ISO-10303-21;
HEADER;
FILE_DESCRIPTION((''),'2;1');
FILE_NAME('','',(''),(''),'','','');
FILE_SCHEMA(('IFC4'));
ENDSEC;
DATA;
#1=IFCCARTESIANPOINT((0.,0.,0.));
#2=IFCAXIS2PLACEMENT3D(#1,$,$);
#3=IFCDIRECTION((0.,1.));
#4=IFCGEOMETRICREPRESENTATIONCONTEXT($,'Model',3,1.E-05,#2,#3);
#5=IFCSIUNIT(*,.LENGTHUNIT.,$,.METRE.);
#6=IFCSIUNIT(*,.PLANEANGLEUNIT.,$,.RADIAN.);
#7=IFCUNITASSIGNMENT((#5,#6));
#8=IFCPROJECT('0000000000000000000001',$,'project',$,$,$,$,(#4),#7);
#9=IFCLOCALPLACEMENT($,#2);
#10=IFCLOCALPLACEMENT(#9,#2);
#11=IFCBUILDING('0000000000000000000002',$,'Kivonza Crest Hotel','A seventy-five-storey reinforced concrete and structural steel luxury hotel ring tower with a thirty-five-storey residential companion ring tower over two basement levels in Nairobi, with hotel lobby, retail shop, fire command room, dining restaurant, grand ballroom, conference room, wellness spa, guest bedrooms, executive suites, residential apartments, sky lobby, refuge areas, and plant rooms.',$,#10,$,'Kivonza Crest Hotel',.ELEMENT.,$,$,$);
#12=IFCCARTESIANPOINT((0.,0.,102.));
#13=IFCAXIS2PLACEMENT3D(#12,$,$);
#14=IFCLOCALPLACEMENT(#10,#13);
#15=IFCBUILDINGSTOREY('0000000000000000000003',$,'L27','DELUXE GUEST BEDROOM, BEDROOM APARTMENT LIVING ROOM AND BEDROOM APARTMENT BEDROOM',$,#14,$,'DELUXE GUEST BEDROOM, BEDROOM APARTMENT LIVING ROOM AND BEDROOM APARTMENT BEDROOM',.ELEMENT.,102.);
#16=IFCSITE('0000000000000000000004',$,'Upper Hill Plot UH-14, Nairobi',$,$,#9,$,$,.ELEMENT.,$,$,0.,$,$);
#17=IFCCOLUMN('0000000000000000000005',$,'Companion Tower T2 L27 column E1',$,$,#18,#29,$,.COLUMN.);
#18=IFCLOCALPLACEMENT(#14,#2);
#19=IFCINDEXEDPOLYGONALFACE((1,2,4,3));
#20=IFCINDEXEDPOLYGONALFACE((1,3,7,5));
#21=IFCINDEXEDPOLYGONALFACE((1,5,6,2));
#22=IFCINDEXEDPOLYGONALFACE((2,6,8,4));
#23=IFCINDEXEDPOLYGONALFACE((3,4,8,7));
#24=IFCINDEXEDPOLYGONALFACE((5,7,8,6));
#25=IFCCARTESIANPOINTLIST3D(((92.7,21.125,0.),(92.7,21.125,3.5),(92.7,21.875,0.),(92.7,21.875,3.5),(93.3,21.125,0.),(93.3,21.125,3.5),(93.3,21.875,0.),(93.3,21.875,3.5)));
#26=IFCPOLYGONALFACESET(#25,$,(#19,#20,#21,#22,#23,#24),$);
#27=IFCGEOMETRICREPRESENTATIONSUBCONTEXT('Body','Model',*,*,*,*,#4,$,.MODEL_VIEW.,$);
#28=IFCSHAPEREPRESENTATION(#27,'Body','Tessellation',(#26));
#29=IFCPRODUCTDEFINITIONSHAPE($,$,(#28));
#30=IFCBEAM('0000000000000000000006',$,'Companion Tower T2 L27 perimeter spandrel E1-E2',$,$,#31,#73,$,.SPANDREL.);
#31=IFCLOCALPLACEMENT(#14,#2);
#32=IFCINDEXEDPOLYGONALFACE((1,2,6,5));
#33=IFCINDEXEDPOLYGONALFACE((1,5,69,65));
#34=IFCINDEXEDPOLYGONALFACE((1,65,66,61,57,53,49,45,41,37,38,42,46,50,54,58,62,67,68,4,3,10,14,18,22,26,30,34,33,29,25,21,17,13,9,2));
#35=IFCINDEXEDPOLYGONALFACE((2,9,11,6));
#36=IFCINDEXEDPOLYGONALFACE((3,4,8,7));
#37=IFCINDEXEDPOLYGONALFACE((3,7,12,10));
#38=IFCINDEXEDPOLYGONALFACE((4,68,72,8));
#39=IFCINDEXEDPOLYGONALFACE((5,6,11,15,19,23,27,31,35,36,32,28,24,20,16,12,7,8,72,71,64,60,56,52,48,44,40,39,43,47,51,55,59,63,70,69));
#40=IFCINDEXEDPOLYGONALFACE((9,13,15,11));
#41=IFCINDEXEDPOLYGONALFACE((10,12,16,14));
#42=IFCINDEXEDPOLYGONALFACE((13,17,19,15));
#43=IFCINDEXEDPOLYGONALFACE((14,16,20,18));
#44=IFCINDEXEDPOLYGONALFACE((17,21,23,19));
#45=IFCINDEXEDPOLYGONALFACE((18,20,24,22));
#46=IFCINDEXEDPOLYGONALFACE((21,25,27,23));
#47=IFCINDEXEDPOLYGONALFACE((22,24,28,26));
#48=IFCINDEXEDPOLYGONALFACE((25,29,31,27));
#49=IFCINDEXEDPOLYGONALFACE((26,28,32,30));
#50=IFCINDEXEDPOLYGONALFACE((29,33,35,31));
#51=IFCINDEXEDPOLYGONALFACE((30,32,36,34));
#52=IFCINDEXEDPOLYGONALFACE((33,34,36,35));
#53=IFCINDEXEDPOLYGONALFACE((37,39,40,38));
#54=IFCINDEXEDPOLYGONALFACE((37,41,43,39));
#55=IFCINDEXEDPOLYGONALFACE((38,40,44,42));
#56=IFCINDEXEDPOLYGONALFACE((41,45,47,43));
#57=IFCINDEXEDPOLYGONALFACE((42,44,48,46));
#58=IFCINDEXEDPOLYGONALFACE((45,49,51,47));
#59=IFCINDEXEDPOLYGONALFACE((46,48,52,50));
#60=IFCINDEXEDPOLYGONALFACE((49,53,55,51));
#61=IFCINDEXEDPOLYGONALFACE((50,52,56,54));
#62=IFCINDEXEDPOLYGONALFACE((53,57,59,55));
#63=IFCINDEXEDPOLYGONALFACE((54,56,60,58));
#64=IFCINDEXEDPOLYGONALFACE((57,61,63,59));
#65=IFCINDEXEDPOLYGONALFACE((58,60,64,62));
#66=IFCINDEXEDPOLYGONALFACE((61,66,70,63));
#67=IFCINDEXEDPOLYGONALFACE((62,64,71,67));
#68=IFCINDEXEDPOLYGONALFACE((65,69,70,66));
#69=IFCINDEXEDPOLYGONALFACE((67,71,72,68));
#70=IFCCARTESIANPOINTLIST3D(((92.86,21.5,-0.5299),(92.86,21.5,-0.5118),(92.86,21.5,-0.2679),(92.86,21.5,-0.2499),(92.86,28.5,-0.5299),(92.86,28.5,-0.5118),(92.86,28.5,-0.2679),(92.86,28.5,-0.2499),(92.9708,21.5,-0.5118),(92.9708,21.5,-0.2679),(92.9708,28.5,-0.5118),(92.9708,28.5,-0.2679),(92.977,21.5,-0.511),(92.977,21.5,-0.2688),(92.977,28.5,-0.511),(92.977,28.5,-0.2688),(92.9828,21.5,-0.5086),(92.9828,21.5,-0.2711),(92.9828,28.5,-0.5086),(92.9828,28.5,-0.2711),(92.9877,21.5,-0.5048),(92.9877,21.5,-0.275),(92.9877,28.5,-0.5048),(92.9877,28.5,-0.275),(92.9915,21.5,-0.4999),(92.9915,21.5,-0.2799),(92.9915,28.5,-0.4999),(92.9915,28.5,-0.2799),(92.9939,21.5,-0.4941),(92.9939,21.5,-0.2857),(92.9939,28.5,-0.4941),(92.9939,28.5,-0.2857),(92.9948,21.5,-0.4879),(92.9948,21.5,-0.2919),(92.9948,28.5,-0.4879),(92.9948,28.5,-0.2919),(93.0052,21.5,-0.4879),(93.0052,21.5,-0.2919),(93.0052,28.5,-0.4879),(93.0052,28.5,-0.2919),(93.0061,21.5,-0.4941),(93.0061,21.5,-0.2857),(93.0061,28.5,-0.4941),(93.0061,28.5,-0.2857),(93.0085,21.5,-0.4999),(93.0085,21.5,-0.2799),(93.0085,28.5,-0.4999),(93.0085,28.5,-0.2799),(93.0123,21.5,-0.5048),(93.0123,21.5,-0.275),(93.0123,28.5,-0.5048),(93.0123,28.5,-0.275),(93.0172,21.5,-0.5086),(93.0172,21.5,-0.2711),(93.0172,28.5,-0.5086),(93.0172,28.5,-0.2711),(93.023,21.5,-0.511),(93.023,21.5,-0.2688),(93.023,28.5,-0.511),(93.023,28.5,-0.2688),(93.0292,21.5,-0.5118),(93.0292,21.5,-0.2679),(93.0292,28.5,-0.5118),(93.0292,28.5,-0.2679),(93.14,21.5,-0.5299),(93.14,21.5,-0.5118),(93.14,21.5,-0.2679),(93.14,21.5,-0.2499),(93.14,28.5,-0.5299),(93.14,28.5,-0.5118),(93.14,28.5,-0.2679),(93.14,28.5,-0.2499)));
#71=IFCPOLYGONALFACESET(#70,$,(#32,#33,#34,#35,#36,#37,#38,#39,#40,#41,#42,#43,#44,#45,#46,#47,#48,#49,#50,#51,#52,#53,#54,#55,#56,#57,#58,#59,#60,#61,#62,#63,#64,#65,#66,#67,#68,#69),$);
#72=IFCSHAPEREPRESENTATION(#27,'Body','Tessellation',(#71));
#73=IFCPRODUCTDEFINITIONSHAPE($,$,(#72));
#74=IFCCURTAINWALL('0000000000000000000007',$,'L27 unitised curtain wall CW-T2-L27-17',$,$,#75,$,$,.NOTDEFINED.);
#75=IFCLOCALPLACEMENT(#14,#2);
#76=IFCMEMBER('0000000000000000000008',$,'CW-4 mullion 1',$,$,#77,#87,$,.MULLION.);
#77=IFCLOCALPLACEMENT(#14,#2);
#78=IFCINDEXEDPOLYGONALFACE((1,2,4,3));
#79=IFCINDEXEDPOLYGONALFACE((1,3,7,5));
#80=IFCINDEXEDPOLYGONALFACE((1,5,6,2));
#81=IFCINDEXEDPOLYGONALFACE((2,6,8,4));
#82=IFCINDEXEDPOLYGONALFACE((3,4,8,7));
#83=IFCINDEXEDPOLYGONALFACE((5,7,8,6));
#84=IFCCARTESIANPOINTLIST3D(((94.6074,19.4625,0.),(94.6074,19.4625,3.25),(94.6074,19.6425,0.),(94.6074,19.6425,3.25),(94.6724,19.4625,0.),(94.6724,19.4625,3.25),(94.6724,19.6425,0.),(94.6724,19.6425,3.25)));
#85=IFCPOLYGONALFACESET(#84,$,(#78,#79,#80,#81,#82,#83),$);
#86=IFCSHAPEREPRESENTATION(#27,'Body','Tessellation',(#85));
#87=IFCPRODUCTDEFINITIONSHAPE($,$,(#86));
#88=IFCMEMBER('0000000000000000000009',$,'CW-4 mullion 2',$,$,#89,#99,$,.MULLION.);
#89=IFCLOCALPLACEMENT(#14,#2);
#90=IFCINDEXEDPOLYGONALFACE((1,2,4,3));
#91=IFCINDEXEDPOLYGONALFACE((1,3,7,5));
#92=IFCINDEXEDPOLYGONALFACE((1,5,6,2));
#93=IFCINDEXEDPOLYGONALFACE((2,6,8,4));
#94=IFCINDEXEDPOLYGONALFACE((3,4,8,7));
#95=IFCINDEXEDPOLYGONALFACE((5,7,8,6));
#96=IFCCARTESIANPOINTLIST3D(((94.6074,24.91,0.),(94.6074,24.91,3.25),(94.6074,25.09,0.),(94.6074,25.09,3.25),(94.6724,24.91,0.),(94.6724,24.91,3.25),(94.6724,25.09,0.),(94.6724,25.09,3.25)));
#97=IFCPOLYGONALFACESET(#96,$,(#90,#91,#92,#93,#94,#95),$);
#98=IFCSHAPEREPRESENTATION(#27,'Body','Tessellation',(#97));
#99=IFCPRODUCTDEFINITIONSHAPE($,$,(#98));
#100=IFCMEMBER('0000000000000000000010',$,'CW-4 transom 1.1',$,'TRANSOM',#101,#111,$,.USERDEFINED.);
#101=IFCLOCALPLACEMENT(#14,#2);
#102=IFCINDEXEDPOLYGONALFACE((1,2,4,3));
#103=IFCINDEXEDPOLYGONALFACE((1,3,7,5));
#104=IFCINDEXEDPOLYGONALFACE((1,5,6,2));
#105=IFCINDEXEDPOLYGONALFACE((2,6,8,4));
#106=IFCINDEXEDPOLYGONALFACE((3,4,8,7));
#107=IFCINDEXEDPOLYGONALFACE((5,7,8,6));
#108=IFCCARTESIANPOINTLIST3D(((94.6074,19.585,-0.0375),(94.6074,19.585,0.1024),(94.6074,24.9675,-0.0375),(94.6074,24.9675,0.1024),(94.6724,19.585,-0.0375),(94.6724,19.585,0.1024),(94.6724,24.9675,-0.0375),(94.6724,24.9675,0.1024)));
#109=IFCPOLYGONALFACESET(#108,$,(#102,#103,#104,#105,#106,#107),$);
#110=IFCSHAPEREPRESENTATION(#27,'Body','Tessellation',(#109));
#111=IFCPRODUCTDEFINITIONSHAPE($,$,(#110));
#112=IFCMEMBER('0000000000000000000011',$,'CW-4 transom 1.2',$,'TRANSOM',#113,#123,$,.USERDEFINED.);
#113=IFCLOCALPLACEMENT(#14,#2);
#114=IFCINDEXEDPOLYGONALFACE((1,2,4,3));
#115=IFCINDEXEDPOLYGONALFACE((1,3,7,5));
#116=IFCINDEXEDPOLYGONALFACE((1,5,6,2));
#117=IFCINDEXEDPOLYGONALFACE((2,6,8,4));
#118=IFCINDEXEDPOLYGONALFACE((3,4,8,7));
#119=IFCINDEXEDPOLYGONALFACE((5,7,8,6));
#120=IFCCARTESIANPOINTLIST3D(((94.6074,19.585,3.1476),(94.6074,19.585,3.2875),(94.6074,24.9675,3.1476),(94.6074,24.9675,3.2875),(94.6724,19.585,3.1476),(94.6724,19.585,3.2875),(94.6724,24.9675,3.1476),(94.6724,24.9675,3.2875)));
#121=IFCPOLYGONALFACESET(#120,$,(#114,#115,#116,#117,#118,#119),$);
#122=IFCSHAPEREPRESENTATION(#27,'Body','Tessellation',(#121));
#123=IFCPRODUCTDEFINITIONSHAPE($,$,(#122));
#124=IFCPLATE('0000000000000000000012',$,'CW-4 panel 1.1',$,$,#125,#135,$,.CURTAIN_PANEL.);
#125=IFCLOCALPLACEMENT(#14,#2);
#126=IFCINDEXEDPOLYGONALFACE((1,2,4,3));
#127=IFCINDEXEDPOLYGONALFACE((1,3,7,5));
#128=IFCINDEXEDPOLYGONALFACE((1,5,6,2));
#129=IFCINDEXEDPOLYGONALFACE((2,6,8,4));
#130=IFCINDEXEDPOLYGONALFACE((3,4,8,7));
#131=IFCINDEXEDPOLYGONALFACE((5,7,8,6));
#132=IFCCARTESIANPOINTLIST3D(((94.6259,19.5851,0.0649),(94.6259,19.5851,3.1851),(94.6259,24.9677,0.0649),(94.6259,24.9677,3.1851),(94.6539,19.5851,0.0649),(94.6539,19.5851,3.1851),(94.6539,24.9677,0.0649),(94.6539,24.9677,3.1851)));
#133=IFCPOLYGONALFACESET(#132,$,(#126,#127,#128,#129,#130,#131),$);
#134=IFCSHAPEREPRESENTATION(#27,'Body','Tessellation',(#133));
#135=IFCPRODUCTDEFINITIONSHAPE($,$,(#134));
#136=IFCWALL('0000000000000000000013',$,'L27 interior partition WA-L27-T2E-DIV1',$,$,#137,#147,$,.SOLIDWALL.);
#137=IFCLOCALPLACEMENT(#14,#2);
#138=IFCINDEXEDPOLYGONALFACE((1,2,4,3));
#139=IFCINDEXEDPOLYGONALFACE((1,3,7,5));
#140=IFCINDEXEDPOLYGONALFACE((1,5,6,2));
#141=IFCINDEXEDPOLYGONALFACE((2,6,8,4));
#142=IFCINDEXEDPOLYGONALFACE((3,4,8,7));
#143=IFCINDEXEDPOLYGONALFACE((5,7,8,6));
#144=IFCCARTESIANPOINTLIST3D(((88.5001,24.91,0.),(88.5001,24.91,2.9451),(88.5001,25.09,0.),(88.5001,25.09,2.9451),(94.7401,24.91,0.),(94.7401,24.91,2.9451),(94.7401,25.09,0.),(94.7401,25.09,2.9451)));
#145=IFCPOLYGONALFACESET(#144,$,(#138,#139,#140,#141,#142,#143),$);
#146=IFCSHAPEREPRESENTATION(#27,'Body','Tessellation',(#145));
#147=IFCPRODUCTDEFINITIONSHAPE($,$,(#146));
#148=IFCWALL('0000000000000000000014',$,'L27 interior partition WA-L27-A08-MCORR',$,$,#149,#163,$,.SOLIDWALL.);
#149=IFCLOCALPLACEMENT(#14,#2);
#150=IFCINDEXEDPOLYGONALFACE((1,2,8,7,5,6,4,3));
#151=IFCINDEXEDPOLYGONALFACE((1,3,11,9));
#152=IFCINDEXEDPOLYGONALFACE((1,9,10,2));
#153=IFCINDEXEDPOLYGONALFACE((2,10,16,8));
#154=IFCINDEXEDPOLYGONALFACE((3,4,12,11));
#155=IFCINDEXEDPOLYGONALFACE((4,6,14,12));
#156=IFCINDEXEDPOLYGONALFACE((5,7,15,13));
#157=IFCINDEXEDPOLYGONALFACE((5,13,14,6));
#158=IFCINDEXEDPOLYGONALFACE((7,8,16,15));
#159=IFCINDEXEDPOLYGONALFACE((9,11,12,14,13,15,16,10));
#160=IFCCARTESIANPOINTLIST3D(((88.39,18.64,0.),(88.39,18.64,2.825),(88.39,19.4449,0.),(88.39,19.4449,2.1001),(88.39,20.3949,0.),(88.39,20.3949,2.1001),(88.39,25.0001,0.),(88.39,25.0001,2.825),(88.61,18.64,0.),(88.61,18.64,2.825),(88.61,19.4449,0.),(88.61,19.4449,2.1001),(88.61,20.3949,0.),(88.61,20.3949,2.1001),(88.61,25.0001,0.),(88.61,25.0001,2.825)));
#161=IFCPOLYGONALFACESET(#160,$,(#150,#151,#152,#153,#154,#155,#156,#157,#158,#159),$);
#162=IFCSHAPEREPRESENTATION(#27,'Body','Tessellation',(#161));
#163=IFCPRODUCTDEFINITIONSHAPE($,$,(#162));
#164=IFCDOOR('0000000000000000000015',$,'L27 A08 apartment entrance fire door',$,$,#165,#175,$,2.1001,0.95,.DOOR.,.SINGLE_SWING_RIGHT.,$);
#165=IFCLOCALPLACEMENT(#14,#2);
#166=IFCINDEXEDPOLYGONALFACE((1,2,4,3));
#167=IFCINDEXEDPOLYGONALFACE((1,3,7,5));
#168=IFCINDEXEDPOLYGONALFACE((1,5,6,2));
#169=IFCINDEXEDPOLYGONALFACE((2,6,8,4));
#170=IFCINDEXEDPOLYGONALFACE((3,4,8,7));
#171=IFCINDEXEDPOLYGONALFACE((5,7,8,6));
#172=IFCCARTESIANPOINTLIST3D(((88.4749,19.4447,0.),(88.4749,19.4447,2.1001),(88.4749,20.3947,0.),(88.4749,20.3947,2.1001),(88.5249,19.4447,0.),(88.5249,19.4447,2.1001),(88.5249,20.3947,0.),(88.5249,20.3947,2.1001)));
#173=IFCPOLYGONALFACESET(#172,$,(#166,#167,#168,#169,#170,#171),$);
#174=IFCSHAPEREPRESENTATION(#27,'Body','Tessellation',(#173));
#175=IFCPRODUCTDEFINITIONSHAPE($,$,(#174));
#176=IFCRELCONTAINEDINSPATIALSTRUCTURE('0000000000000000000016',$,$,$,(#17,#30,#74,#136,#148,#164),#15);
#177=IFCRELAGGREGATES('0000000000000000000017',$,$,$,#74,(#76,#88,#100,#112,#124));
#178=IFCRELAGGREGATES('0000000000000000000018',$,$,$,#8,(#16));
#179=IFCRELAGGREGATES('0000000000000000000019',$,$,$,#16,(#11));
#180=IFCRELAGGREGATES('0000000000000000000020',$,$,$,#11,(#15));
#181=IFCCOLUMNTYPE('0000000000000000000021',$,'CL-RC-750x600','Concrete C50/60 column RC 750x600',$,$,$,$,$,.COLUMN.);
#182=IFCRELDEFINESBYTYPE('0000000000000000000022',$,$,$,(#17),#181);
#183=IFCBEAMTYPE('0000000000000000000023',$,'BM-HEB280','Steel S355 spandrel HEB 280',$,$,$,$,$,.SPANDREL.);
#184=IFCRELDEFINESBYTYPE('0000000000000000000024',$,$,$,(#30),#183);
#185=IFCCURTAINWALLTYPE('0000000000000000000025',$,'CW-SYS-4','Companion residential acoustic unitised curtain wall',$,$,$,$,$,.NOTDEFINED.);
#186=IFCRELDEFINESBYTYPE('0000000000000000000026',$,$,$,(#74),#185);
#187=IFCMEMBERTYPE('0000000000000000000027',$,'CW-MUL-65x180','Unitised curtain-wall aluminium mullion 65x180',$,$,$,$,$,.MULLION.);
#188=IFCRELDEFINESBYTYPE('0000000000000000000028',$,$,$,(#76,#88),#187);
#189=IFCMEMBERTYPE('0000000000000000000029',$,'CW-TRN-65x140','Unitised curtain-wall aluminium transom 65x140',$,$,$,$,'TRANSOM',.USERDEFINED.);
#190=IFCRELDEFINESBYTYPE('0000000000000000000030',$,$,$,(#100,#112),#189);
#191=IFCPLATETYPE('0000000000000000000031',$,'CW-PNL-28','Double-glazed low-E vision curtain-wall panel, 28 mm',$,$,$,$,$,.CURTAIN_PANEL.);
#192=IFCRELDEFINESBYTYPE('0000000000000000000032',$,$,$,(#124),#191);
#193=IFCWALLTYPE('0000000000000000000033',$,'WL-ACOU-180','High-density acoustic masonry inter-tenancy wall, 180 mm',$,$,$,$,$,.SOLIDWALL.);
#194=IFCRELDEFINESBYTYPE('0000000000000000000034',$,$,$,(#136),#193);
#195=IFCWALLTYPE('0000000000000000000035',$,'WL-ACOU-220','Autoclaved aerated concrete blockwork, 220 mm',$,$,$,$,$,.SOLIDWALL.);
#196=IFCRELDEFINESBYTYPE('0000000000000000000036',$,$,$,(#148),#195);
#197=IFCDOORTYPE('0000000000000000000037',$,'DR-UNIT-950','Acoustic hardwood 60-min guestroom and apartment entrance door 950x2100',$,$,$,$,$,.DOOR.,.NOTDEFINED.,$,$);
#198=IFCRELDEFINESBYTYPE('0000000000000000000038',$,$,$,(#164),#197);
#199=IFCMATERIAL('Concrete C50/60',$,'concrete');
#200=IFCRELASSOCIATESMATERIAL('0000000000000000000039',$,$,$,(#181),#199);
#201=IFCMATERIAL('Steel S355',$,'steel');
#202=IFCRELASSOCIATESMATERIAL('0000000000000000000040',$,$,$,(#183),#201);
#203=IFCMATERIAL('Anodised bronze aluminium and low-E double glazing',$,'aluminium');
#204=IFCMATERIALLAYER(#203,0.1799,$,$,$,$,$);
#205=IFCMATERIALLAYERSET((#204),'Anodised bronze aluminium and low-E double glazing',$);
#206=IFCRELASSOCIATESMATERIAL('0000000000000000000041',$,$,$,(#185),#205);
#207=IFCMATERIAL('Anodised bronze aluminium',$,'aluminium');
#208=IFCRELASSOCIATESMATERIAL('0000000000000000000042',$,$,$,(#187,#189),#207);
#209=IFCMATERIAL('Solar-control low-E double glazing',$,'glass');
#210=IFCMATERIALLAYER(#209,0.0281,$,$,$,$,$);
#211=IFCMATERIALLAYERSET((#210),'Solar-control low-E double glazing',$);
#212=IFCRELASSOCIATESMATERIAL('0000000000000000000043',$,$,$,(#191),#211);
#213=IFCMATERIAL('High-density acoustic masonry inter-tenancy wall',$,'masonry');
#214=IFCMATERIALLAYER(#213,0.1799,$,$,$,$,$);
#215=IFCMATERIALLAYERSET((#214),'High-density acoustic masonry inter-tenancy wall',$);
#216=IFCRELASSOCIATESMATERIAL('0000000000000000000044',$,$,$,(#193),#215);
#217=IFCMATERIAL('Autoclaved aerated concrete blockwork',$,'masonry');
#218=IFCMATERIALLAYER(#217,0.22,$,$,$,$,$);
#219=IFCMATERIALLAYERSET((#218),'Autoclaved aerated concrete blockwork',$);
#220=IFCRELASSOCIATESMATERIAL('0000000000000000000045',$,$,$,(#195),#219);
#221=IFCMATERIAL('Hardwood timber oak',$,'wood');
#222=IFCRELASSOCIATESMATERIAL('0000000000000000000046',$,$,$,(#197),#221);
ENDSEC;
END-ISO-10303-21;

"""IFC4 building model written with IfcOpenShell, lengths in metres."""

from ifc_helpers import new_model, si_unit, direction, frame, frame_2d, origin, origin_2d, place, context, subcontext, project, spatial, rectangle, i_section, extrude, material, layer, layer_set, material_profile, profile_set, type_object, element, fill, aggregate, save


model = new_model("IFC4")

# Units and contexts
model_context = context("Model", 3, precision=1e-05, world=origin(), true_north=direction((0.0, 1.0)))
body_context = subcontext(model_context, "Body", "Model", "MODEL_VIEW")
ifc_project = project(units=[si_unit("LENGTHUNIT", "METRE"), si_unit("PLANEANGLEUNIT", "RADIAN")], contexts=[model_context])

# Site, building, storey
site_placement = place(None, origin())
site = spatial("IfcSite", under=ifc_project, at=site_placement, Name="Upper Hill Plot UH-14, Nairobi", CompositionType="ELEMENT", RefElevation=0.0)
building_placement = place(site_placement, origin())
building = spatial("IfcBuilding", under=site, at=building_placement, Name="Kivonza Crest Hotel", Description="A seventy-five-storey reinforced concrete and structural steel luxury hotel ring tower with a thirty-five-storey residential companion ring tower over two basement levels in Nairobi, with hotel lobby, retail shop, fire command room, dining restaurant, grand ballroom, conference room, wellness spa, guest bedrooms, executive suites, residential apartments, sky lobby, refuge areas, and plant rooms.", LongName="Kivonza Crest Hotel", CompositionType="ELEMENT")
storey_placement = place(building_placement, frame((0.0, 0.0, 102.0)))
storey = spatial("IfcBuildingStorey", under=building, at=storey_placement, Name="L27", Description="DELUXE GUEST BEDROOM, BEDROOM APARTMENT LIVING ROOM AND BEDROOM APARTMENT BEDROOM", LongName="DELUXE GUEST BEDROOM, BEDROOM APARTMENT LIVING ROOM AND BEDROOM APARTMENT BEDROOM", CompositionType="ELEMENT", Elevation=102.0)

# Column
ifc_material_1 = material(Name="Concrete C50/60", Category="concrete")
ifc_material_profile_1 = material_profile(ifc_material_1, rectangle(XDim=0.6001, YDim=0.75, at=origin_2d()), Name="RC 750x600")
ifc_profile_set_1 = profile_set([ifc_material_profile_1], Name="Concrete C50/60")
column_type = type_object("IfcColumnType", Name="CL-RC-750x600", Description="Concrete C50/60 column RC 750x600", PredefinedType="COLUMN", material=ifc_profile_set_1)
column_placement = place(storey_placement, frame((93.0, 21.5, 0.0), z_axis=(0.0, 0.0, 1.0), x_axis=(1.0, 0.0, 0.0)))
element("IfcColumn", 1, at=column_placement, inside=storey, type_object=column_type, Name="Companion Tower T2 L27 column E1", PredefinedType="COLUMN", context=body_context, shape_type="SweptSolid", body=[
    extrude(rectangle(XDim=0.6001, YDim=0.75, at=origin_2d()), origin(), (0.0, 0.0, 1.0), 3.5),
])

# Beam
ifc_material_2 = material(Name="Steel S355", Category="steel")
ifc_material_profile_2 = material_profile(ifc_material_2, i_section(OverallWidth=0.28, OverallDepth=0.28, WebThickness=0.0105, FlangeThickness=0.0181, FilletRadius=0.0239, at=origin_2d()), Name="HEB 280")
ifc_profile_set_2 = profile_set([ifc_material_profile_2], Name="Steel S355")
beam_type = type_object("IfcBeamType", Name="BM-HEB280", Description="Steel S355 spandrel HEB 280", PredefinedType="SPANDREL", material=ifc_profile_set_2)
beam_placement = place(storey_placement, frame((93.0, 21.5, -0.3899), z_axis=(0.0, 1.0, 0.0), x_axis=(-1.0, 0.0, 0.0)))
element("IfcBeam", 2, at=beam_placement, inside=storey, type_object=beam_type, Name="Companion Tower T2 L27 perimeter spandrel E1-E2", PredefinedType="SPANDREL", context=body_context, shape_type="SweptSolid", body=[
    extrude(i_section(OverallWidth=0.28, OverallDepth=0.28, WebThickness=0.0105, FlangeThickness=0.0181, FilletRadius=0.0239, at=origin_2d()), origin(), (0.0, 0.0, 1.0), 7.0),
])

# Curtain wall, members, plate
ifc_material_3 = material(Name="Anodised bronze aluminium and low-E double glazing", Category="aluminium")
ifc_layer_1 = layer(ifc_material_3, 0.1799)
ifc_layer_set_1 = layer_set([ifc_layer_1], Name="Anodised bronze aluminium and low-E double glazing")
curtain_wall_type = type_object("IfcCurtainWallType", Name="CW-SYS-4", Description="Companion residential acoustic unitised curtain wall", PredefinedType="NOTDEFINED", material=ifc_layer_set_1)
curtain_wall_placement = place(storey_placement, origin())
curtain_wall = element("IfcCurtainWall", 3, at=curtain_wall_placement, inside=storey, type_object=curtain_wall_type, Name="L27 unitised curtain wall CW-T2-L27-17", PredefinedType="NOTDEFINED")
ifc_material_4 = material(Name="Anodised bronze aluminium", Category="aluminium")
ifc_material_profile_3 = material_profile(ifc_material_4, rectangle(XDim=0.0649, YDim=0.1799, at=origin_2d()), Name="CW-M 65x180")
ifc_profile_set_3 = profile_set([ifc_material_profile_3], Name="Anodised bronze aluminium")
member_type_1 = type_object("IfcMemberType", Name="CW-MUL-65x180", Description="Unitised curtain-wall aluminium mullion 65x180", PredefinedType="MULLION", material=ifc_profile_set_3)
member_1_placement = place(storey_placement, frame((94.6399, 19.5525, 0.0), z_axis=(0.0, 0.0, 1.0), x_axis=(-1.0, 0.0, 0.0)))
member_1 = element("IfcMember", 4, at=member_1_placement, type_object=member_type_1, Name="CW-4 mullion 1", PredefinedType="MULLION", context=body_context, shape_type="SweptSolid", body=[
    extrude(rectangle(XDim=0.0649, YDim=0.1799, at=origin_2d()), origin(), (0.0, 0.0, 1.0), 3.25),
])
member_2_placement = place(storey_placement, frame((94.6399, 25.0, 0.0), z_axis=(0.0, 0.0, 1.0), x_axis=(-1.0, 0.0, 0.0)))
member_2 = element("IfcMember", 5, at=member_2_placement, type_object=member_type_1, Name="CW-4 mullion 2", PredefinedType="MULLION", context=body_context, shape_type="SweptSolid", body=[
    extrude(rectangle(XDim=0.0649, YDim=0.1799, at=origin_2d()), origin(), (0.0, 0.0, 1.0), 3.25),
])
ifc_material_profile_4 = material_profile(ifc_material_4, rectangle(XDim=0.0649, YDim=0.1399, at=origin_2d()), Name="CW-T 65x140")
ifc_profile_set_4 = profile_set([ifc_material_profile_4], Name="Anodised bronze aluminium")
member_type_2 = type_object("IfcMemberType", Name="CW-TRN-65x140", Description="Unitised curtain-wall aluminium transom 65x140", ElementType="TRANSOM", PredefinedType="USERDEFINED", material=ifc_profile_set_4)
member_3_placement = place(storey_placement, frame((94.6399, 19.585, 0.0325), z_axis=(0.0, 1.0, 0.0), x_axis=(-1.0, 0.0, 0.0)))
member_3 = element("IfcMember", 6, at=member_3_placement, type_object=member_type_2, Name="CW-4 transom 1.1", ObjectType="TRANSOM", PredefinedType="USERDEFINED", context=body_context, shape_type="SweptSolid", body=[
    extrude(rectangle(XDim=0.0649, YDim=0.1399, at=origin_2d()), origin(), (0.0, 0.0, 1.0), 5.3826),
])
member_4_placement = place(storey_placement, frame((94.6399, 19.585, 3.2175), z_axis=(0.0, 1.0, 0.0), x_axis=(-1.0, 0.0, 0.0)))
member_4 = element("IfcMember", 7, at=member_4_placement, type_object=member_type_2, Name="CW-4 transom 1.2", ObjectType="TRANSOM", PredefinedType="USERDEFINED", context=body_context, shape_type="SweptSolid", body=[
    extrude(rectangle(XDim=0.0649, YDim=0.1399, at=origin_2d()), origin(), (0.0, 0.0, 1.0), 5.3826),
])
ifc_material_5 = material(Name="Solar-control low-E double glazing", Category="glass")
ifc_layer_2 = layer(ifc_material_5, 0.0281)
ifc_layer_set_2 = layer_set([ifc_layer_2], Name="Solar-control low-E double glazing")
plate_type = type_object("IfcPlateType", Name="CW-PNL-28", Description="Double-glazed low-E vision curtain-wall panel, 28 mm", PredefinedType="CURTAIN_PANEL", material=ifc_layer_set_2)
plate_placement = place(storey_placement, frame((94.6399, 22.2764, 0.0649), z_axis=(0.0, 0.0, 1.0), x_axis=(0.0, 1.0, 0.0)))
plate = element("IfcPlate", 8, at=plate_placement, type_object=plate_type, Name="CW-4 panel 1.1", PredefinedType="CURTAIN_PANEL", context=body_context, shape_type="SweptSolid", body=[
    extrude(rectangle(XDim=5.3826, YDim=0.0281, at=origin_2d()), origin(), (0.0, 0.0, 1.0), 3.1201),
])
aggregate(curtain_wall, [member_1, member_2, member_3, member_4, plate])

# Wall
ifc_material_6 = material(Name="High-density acoustic masonry inter-tenancy wall", Category="masonry")
ifc_layer_3 = layer(ifc_material_6, 0.1799)
ifc_layer_set_3 = layer_set([ifc_layer_3], Name="High-density acoustic masonry inter-tenancy wall")
wall_type_1 = type_object("IfcWallType", Name="WL-ACOU-180", Description="High-density acoustic masonry inter-tenancy wall, 180 mm", PredefinedType="SOLIDWALL", material=ifc_layer_set_3)
wall_1_placement = place(storey_placement, frame((88.5, 25.0, 0.0), z_axis=(0.0, 0.0, 1.0), x_axis=(1.0, 0.0, 0.0)))
element("IfcWall", 9, at=wall_1_placement, inside=storey, type_object=wall_type_1, Name="L27 interior partition WA-L27-T2E-DIV1", PredefinedType="SOLIDWALL", context=body_context, shape_type="SweptSolid", body=[
    extrude(rectangle(XDim=6.24, YDim=0.1799, at=frame_2d((3.1201, 0.0))), origin(), (0.0, 0.0, 1.0), 2.9451),
])

# Wall, opening, door
ifc_material_7 = material(Name="Autoclaved aerated concrete blockwork", Category="masonry")
ifc_layer_4 = layer(ifc_material_7, 0.22)
ifc_layer_set_4 = layer_set([ifc_layer_4], Name="Autoclaved aerated concrete blockwork")
wall_type_2 = type_object("IfcWallType", Name="WL-ACOU-220", Description="Autoclaved aerated concrete blockwork, 220 mm", PredefinedType="SOLIDWALL", material=ifc_layer_set_4)
wall_2_placement = place(storey_placement, frame((88.5, 18.6399, 0.0), z_axis=(0.0, 0.0, 1.0), x_axis=(0.0, 1.0, 0.0)))
wall_2 = element("IfcWall", 10, at=wall_2_placement, inside=storey, type_object=wall_type_2, Name="L27 interior partition WA-L27-A08-MCORR", PredefinedType="SOLIDWALL", context=body_context, shape_type="SweptSolid", body=[
    extrude(rectangle(XDim=6.3601, YDim=0.22, at=frame_2d((3.1802, 0.0))), origin(), (0.0, 0.0, 1.0), 2.825),
])
opening_1_placement = place(wall_2_placement, frame((0.8049, 0.0, 0.0)))
opening_1 = element("IfcOpeningElement", 11, at=opening_1_placement, cuts=wall_2, PredefinedType="OPENING", context=body_context, shape_type="SweptSolid", body=[
    extrude(rectangle(XDim=0.95, YDim=2.1001, at=frame_2d((0.4751, 1.05))), frame((0.0, 0.1201, 0.0), z_axis=(0.0, -1.0, 0.0), x_axis=(1.0, 0.0, 0.0)), (0.0, 0.0, 1.0), 0.24),
])
ifc_material_8 = material(Name="Hardwood timber oak", Category="wood")
door_type_1 = type_object("IfcDoorType", Name="DR-UNIT-950", Description="Acoustic hardwood 60-min guestroom and apartment entrance door 950x2100", OperationType="NOTDEFINED", PredefinedType="DOOR", material=ifc_material_8)
door_1_placement = place(opening_1_placement, frame((0.95, 0.0, 0.0), z_axis=(0.0, 0.0, 1.0), x_axis=(-1.0, 0.0, 0.0)))
door_1 = element("IfcDoor", 12, at=door_1_placement, inside=storey, type_object=door_type_1, Name="L27 A08 apartment entrance fire door", OperationType="SINGLE_SWING_RIGHT", OverallHeight=2.1001, OverallWidth=0.95, PredefinedType="DOOR", context=body_context, shape_type="SweptSolid", body=[
    extrude(rectangle(XDim=0.95, YDim=2.1001, at=frame_2d((0.4751, 1.05))), frame((0.0, 0.0249, 0.0), z_axis=(0.0, -1.0, 0.0), x_axis=(1.0, 0.0, 0.0)), (0.0, 0.0, 1.0), 0.05),
])
fill(opening_1, door_1)

save(model, "model.ifc")
